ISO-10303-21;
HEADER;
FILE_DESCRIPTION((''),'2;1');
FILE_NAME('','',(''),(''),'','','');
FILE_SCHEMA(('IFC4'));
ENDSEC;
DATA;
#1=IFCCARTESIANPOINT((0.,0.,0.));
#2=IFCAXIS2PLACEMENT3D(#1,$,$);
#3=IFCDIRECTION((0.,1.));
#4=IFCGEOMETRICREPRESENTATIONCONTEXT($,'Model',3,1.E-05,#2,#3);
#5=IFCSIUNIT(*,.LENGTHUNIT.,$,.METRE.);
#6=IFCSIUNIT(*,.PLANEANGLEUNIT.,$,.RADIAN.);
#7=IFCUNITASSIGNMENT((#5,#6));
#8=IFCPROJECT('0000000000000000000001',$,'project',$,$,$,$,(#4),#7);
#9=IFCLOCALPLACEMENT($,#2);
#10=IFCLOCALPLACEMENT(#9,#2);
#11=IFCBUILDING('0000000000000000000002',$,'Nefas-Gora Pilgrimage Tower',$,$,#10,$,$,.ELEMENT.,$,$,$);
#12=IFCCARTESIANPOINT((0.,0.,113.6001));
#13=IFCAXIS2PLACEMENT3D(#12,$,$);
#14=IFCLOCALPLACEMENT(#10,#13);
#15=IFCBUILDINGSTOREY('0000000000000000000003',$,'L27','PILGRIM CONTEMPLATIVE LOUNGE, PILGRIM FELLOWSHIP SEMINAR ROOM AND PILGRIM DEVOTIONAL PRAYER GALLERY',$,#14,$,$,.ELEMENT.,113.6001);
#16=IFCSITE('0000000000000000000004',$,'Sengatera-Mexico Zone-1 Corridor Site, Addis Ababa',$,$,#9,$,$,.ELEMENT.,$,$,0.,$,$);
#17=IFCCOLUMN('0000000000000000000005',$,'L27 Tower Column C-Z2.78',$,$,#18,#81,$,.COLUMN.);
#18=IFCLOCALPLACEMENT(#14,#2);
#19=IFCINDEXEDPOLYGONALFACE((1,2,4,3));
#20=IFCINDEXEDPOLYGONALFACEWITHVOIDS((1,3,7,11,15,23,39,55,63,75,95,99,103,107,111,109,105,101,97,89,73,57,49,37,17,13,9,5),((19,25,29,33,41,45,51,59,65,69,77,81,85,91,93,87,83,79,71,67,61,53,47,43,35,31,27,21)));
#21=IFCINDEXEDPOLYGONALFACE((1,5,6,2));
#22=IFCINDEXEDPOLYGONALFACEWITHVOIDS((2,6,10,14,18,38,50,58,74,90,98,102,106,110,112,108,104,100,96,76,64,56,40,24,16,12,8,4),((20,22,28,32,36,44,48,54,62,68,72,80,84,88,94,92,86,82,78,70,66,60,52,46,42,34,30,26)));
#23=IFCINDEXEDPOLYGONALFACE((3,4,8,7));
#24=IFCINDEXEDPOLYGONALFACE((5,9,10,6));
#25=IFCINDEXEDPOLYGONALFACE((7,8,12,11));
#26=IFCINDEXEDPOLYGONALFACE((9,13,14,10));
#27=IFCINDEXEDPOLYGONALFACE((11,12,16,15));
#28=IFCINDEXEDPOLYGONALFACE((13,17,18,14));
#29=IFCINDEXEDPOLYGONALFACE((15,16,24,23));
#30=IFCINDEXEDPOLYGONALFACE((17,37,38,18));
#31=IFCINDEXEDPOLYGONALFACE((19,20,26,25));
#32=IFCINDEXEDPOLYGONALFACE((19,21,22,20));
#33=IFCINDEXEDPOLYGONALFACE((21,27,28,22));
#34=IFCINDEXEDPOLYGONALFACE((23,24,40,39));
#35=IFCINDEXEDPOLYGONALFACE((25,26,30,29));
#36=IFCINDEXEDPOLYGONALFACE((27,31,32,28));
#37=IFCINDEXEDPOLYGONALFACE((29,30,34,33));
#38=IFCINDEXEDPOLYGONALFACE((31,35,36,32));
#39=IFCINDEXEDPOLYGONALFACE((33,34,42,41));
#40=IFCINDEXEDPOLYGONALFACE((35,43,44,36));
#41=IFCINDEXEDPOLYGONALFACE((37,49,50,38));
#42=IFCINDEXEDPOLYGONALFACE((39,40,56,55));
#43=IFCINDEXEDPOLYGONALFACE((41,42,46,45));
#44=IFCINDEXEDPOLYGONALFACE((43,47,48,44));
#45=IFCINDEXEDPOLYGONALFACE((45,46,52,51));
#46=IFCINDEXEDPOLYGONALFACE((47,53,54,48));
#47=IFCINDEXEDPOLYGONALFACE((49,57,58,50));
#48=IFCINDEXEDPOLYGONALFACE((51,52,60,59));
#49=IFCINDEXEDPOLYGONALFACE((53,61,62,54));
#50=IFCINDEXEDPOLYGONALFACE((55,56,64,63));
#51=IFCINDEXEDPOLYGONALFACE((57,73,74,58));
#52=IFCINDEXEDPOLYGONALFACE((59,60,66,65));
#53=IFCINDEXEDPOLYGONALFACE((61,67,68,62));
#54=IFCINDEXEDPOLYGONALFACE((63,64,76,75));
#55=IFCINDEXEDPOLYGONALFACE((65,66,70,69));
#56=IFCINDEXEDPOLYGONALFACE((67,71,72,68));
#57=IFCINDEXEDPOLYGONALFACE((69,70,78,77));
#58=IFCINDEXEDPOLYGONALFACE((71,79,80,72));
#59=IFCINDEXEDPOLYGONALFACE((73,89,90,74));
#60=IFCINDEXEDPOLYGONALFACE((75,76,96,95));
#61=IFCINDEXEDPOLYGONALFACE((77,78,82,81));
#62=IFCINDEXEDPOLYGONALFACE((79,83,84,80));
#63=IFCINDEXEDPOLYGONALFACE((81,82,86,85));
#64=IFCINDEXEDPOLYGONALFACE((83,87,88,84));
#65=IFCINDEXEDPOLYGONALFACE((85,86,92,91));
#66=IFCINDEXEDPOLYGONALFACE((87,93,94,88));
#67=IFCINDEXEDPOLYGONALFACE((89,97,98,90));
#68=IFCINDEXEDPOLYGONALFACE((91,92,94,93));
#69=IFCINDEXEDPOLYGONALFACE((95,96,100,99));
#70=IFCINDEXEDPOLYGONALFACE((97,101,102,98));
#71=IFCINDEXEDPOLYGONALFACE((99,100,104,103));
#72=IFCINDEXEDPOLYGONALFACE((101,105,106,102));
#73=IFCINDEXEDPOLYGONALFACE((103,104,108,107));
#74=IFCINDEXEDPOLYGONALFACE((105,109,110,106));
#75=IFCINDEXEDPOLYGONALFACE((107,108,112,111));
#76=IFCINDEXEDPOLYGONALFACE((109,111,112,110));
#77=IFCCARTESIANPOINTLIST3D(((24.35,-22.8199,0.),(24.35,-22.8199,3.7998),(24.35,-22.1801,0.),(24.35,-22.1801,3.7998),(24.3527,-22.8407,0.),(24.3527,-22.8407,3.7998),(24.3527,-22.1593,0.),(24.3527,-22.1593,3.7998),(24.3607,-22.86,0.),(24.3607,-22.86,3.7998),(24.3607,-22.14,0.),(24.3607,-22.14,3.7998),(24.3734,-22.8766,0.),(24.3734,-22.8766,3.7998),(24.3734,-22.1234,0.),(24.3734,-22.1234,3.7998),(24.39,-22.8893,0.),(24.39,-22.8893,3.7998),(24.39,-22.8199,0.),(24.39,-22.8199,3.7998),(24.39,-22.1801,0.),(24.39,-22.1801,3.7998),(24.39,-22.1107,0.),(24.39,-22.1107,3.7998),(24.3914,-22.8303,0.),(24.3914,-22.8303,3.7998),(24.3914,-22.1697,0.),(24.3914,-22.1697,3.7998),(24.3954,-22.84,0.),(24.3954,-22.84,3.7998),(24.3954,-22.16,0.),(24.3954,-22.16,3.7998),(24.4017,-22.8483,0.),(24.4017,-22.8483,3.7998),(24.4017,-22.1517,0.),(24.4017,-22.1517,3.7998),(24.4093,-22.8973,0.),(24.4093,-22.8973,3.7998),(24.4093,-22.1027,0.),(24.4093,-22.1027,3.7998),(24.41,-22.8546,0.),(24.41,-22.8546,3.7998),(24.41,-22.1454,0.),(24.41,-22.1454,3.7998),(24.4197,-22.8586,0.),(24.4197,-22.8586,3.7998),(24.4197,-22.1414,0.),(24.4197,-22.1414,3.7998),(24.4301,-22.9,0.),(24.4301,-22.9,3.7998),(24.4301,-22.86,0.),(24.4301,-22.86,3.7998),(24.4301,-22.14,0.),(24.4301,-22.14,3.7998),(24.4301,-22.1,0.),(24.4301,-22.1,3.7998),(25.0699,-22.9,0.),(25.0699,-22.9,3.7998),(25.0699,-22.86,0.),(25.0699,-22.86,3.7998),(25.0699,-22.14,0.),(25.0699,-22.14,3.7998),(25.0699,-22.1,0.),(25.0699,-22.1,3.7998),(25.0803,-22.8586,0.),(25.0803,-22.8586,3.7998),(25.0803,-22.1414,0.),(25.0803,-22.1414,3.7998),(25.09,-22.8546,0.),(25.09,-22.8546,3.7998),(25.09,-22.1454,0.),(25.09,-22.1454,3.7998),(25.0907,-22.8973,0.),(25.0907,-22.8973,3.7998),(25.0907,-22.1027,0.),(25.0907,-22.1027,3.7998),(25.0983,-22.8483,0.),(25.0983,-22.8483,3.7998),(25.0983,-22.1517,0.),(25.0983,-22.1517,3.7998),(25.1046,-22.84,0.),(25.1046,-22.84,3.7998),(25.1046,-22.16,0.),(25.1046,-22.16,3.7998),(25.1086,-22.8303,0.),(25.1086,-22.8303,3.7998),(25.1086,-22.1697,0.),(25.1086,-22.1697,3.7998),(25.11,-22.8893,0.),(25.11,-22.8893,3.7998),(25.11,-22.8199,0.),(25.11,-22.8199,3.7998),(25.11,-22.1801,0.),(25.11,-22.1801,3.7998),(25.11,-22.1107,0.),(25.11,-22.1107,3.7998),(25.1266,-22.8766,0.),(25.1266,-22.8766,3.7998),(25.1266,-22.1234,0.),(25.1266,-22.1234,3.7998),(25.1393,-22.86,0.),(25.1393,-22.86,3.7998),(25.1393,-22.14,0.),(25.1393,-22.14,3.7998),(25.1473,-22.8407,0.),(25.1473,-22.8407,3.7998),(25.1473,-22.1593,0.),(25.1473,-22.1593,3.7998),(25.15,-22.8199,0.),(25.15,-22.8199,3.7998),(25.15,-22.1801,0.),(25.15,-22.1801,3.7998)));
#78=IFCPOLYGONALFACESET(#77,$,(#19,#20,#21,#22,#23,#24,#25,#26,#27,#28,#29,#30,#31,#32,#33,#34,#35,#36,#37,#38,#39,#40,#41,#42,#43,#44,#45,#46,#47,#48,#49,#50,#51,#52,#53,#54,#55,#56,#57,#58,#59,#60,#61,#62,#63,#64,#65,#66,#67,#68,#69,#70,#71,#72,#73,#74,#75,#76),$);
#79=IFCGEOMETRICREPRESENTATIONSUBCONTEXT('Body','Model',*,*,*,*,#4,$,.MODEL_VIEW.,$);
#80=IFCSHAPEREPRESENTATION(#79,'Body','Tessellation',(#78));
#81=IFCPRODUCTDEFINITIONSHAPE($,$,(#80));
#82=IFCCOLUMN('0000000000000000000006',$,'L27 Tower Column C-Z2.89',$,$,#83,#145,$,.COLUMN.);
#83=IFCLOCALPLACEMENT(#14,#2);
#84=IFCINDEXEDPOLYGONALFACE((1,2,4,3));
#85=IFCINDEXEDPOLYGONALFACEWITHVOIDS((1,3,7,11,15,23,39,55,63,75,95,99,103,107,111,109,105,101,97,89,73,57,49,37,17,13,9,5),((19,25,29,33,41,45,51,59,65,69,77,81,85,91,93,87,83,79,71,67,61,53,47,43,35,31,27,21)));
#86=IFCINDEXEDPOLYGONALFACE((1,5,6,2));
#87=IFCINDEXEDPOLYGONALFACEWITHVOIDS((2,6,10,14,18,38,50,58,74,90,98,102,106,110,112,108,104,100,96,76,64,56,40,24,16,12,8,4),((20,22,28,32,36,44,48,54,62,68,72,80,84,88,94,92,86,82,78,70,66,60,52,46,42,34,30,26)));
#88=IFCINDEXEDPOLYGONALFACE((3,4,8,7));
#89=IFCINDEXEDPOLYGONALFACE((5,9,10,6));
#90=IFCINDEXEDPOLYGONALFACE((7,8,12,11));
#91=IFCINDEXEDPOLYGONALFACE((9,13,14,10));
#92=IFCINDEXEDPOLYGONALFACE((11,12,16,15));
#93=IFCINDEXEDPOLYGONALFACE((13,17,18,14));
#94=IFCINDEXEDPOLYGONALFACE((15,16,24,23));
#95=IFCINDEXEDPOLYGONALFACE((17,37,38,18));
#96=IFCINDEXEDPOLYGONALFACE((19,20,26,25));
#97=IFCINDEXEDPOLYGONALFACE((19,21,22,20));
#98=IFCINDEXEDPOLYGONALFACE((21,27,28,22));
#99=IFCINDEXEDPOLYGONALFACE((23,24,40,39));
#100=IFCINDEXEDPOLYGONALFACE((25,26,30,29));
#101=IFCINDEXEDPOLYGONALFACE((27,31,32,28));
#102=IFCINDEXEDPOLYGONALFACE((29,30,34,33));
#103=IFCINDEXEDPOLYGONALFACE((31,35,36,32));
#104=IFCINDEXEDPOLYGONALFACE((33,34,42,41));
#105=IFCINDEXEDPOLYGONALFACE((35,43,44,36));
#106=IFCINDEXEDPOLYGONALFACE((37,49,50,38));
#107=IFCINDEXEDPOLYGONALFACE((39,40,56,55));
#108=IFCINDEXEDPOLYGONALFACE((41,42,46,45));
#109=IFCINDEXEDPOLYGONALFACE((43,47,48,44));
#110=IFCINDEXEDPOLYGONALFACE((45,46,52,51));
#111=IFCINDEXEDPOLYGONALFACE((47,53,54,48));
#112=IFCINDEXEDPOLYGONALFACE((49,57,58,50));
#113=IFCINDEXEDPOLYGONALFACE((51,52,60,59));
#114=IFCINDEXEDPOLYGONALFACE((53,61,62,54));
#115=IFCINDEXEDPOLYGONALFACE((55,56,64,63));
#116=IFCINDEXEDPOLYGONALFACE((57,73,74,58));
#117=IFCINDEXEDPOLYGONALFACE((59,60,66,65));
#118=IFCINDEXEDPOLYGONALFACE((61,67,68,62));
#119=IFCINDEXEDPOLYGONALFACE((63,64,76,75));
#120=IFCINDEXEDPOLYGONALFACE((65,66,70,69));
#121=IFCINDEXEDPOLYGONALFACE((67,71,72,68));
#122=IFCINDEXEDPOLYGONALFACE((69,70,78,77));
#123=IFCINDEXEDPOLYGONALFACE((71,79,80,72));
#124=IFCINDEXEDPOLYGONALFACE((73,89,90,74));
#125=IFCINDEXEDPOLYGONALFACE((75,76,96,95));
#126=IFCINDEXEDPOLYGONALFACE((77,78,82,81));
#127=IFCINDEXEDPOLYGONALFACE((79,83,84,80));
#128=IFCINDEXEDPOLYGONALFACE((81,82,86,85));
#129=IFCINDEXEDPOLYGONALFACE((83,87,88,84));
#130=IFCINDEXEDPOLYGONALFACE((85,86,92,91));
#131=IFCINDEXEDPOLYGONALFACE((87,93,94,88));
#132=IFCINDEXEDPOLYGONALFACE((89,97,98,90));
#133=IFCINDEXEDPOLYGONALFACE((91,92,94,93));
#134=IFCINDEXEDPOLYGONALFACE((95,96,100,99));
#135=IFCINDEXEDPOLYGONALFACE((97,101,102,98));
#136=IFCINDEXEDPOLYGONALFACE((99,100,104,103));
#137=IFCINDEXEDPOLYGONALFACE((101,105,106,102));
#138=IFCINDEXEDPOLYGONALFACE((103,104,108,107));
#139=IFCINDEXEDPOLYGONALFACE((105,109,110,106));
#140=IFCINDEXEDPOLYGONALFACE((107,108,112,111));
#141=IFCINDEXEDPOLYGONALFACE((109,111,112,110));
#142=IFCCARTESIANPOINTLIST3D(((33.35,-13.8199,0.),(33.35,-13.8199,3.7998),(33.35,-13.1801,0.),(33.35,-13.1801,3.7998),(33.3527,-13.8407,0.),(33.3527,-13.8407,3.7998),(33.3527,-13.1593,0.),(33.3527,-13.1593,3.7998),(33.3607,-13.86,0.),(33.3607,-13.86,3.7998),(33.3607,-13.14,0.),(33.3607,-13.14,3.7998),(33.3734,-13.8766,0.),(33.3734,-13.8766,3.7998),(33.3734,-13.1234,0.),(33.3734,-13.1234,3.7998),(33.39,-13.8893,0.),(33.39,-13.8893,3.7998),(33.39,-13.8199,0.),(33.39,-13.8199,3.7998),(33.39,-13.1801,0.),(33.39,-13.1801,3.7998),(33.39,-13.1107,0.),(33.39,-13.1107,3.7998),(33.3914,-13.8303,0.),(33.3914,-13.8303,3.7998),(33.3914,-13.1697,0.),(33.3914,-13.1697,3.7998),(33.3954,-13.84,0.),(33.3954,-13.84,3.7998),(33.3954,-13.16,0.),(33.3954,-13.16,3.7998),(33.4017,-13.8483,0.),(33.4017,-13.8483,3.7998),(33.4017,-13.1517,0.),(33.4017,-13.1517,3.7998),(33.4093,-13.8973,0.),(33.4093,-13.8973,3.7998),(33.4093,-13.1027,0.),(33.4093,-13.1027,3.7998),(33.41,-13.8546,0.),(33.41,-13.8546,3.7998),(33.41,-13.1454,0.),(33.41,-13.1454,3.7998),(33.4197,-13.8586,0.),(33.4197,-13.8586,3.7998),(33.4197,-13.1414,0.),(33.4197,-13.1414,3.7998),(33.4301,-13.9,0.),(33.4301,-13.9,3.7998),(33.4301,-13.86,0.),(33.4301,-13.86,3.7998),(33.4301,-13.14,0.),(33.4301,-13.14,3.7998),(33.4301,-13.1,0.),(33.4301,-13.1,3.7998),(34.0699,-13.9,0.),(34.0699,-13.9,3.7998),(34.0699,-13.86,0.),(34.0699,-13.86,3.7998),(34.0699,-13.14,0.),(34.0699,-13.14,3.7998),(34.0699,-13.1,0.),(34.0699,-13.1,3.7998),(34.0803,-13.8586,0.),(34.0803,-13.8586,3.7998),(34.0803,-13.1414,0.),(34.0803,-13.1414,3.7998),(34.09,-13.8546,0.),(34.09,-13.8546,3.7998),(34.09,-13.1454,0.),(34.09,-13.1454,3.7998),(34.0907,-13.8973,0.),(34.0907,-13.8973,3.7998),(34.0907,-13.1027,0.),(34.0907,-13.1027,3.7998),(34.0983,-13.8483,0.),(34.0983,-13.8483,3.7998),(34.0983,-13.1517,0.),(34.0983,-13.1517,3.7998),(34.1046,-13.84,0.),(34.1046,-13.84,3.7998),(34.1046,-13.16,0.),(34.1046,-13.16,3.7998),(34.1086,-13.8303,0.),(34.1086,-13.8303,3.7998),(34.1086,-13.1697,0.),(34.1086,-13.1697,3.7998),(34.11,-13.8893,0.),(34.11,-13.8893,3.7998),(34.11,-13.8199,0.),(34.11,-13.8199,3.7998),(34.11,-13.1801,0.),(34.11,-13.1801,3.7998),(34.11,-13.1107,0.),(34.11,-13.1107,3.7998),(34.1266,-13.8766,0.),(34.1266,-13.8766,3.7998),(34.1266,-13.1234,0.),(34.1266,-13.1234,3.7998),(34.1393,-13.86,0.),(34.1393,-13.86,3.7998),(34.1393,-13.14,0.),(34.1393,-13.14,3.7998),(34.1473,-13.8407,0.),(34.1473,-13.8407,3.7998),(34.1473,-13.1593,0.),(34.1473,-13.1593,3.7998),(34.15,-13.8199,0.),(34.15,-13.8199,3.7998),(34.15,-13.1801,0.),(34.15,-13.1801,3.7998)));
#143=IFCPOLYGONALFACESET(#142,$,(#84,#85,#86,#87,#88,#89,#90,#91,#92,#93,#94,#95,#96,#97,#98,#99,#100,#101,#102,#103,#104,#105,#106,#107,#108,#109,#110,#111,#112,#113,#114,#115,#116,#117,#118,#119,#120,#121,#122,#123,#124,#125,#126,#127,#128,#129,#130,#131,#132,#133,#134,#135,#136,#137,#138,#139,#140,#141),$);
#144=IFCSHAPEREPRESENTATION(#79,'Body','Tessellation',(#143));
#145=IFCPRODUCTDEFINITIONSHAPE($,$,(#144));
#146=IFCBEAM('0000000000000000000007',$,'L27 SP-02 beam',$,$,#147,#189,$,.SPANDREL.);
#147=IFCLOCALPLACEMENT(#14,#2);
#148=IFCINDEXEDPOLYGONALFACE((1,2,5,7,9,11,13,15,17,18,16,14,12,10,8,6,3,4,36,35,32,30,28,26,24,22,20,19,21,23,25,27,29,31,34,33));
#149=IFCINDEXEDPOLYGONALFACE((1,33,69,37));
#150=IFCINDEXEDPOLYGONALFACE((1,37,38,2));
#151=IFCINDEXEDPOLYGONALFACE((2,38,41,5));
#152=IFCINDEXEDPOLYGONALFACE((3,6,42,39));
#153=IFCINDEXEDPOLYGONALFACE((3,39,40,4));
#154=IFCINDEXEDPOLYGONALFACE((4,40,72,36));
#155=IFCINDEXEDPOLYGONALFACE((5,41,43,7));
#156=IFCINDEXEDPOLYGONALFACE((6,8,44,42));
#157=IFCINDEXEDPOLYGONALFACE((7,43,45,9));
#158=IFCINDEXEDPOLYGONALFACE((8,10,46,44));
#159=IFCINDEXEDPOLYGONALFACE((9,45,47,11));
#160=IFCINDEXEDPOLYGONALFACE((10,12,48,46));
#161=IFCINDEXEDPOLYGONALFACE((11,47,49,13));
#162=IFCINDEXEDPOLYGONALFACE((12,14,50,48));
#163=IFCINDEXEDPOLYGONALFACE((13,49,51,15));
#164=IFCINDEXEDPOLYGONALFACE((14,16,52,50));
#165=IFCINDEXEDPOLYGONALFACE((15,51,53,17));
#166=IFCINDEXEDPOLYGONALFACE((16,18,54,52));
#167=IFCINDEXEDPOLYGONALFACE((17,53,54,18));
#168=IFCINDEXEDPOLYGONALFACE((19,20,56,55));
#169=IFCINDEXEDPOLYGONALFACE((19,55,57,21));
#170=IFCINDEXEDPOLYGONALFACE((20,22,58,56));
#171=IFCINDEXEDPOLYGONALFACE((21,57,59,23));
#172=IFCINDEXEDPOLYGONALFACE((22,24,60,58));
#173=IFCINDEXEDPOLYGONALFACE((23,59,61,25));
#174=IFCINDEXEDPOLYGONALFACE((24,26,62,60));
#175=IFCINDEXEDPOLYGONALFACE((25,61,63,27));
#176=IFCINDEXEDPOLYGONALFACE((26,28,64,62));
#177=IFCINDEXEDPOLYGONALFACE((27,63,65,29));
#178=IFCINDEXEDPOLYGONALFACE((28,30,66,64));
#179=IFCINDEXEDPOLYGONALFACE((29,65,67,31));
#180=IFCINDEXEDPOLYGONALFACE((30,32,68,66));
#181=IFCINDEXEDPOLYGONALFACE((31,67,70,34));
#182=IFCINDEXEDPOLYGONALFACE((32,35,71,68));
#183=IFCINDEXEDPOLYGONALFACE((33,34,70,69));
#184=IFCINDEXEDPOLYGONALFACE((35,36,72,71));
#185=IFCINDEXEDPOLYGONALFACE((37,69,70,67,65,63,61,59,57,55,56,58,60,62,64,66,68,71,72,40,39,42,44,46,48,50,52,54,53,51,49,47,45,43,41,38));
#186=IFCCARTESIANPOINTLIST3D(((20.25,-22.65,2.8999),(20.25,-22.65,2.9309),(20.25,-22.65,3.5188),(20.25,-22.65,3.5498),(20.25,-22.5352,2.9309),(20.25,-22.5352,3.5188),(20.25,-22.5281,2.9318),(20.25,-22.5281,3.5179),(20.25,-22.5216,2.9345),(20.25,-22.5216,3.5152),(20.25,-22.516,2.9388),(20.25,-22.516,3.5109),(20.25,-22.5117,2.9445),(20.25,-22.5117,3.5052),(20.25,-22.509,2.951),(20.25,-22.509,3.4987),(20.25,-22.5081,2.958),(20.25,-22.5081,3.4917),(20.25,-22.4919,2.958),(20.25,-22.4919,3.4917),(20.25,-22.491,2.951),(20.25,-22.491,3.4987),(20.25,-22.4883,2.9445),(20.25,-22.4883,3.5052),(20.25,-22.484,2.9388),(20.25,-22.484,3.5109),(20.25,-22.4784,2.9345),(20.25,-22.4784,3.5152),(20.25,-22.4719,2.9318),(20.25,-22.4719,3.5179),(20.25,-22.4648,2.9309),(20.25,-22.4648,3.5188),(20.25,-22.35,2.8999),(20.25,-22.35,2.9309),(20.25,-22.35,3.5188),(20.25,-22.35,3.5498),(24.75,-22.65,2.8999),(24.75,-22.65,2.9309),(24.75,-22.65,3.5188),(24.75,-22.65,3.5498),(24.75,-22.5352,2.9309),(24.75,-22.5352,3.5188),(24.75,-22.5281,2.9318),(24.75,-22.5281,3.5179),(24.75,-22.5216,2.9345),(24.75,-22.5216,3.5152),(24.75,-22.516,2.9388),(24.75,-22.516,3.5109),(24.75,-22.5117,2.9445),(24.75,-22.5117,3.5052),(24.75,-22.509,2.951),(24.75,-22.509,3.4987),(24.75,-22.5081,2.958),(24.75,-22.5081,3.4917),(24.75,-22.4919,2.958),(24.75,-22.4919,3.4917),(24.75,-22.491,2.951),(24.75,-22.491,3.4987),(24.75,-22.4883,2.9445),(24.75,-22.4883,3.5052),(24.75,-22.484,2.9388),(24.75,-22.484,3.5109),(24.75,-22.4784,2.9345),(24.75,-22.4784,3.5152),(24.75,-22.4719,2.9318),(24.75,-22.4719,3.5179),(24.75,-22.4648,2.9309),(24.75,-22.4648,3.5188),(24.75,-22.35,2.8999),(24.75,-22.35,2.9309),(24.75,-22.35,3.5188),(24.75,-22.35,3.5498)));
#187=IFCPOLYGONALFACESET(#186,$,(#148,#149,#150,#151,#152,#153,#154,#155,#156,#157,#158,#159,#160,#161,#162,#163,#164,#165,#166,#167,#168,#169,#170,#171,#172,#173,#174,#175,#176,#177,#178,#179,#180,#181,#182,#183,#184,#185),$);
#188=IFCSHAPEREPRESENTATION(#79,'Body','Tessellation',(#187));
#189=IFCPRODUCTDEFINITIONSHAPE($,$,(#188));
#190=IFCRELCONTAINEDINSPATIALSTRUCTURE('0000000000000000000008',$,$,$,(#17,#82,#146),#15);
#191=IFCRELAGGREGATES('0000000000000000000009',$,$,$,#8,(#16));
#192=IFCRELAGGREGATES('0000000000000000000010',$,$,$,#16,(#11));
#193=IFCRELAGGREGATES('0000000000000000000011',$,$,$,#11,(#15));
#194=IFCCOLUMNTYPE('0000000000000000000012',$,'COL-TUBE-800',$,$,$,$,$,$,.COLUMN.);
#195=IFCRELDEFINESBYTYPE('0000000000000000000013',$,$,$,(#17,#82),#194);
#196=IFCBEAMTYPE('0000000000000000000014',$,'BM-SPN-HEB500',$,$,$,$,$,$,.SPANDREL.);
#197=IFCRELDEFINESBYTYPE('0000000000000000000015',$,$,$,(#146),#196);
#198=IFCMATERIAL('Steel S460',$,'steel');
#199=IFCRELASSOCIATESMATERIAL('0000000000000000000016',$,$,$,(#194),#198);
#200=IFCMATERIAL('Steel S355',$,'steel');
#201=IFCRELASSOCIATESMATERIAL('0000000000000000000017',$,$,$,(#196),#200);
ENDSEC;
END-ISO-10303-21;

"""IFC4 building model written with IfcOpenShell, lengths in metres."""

from ifc_helpers import new_model, si_unit, direction, frame, origin, origin_2d, place, context, subcontext, project, spatial, hollow_rectangle, i_section, extrude, source, transform, mapped, material, material_profile, profile_set, type_object, element, save


model = new_model("IFC4")

# Units and contexts
model_context = context("Model", 3, precision=1e-05, world=origin(), true_north=direction((0.0, 1.0)))
body_context = subcontext(model_context, "Body", "Model", "MODEL_VIEW")
ifc_project = project(units=[si_unit("LENGTHUNIT", "METRE"), si_unit("PLANEANGLEUNIT", "RADIAN")], contexts=[model_context])

# Site, building, storey
site_placement = place(None, origin())
site = spatial("IfcSite", under=ifc_project, at=site_placement, Name="Sengatera-Mexico Zone-1 Corridor Site, Addis Ababa", CompositionType="ELEMENT", RefElevation=0.0)
building_placement = place(site_placement, origin())
building = spatial("IfcBuilding", under=site, at=building_placement, Name="Nefas-Gora Pilgrimage Tower", CompositionType="ELEMENT")
storey_placement = place(building_placement, frame((0.0, 0.0, 113.6001)))
storey = spatial("IfcBuildingStorey", under=building, at=storey_placement, Name="L27", Description="PILGRIM CONTEMPLATIVE LOUNGE, PILGRIM FELLOWSHIP SEMINAR ROOM AND PILGRIM DEVOTIONAL PRAYER GALLERY", CompositionType="ELEMENT", Elevation=113.6001)

# Columns
ifc_material_1 = material(Name="Steel S460", Category="steel")
ifc_material_profile_1 = material_profile(ifc_material_1, hollow_rectangle(XDim=0.8, YDim=0.8, WallThickness=0.04, InnerFilletRadius=0.04, OuterFilletRadius=0.0801, at=origin_2d()), Name="BOX 800x800x40")
ifc_profile_set_1 = profile_set([ifc_material_profile_1], Name="Steel S460")
column_type_1 = type_object("IfcColumnType", Name="COL-TUBE-800", PredefinedType="COLUMN", material=ifc_profile_set_1)
shared_shape_1 = source(origin(), body_context, "Body", "SweptSolid", [
    extrude(hollow_rectangle(XDim=0.8, YDim=0.8, WallThickness=0.04, InnerFilletRadius=0.04, OuterFilletRadius=0.0801, at=origin_2d()), origin(), (0.0, 0.0, 1.0), 3.7998),
])
for number, where, z_axis, x_axis, name in (
    (1, (24.75, -22.5, 0.0), (0.0, 0.0, 1.0), (1.0, 0.0, 0.0), "L27 Tower Column C-Z2.78"),
    (2, (33.75, -13.5, 0.0), (0.0, 0.0, 1.0), (1.0, 0.0, 0.0), "L27 Tower Column C-Z2.89"),
):
    element("IfcColumn", number, at=place(storey_placement, frame(where, z_axis=z_axis, x_axis=x_axis)), inside=storey, type_object=column_type_1, Name=name, PredefinedType="COLUMN", context=body_context, shape_type="MappedRepresentation", body=[
        mapped(shared_shape_1, transform((0.0, 0.0, 0.0), x_axis=(1.0, 0.0, 0.0), y_axis=(0.0, 1.0, 0.0), z_axis=(0.0, 0.0, 1.0), scale=1.0)),
    ])

# Beam
ifc_material_2 = material(Name="Steel S355", Category="steel")
ifc_material_profile_2 = material_profile(ifc_material_2, i_section(OverallWidth=0.3, OverallDepth=0.6499, WebThickness=0.0161, FlangeThickness=0.031, FilletRadius=0.0271, at=origin_2d()), Name="HEB 650")
ifc_profile_set_2 = profile_set([ifc_material_profile_2], Name="Steel S355")
beam_type_1 = type_object("IfcBeamType", Name="BM-SPN-HEB500", PredefinedType="SPANDREL", material=ifc_profile_set_2)
shared_shape_2 = source(origin(), body_context, "Body", "SweptSolid", [
    extrude(i_section(OverallWidth=0.3, OverallDepth=0.6499, WebThickness=0.0161, FlangeThickness=0.031, FilletRadius=0.0271, at=origin_2d()), origin(), (0.0, 0.0, 1.0), 4.5),
])
for number, where, z_axis, x_axis, name in (
    (3, (20.25, -22.5, 3.2249), (1.0, 0.0, 0.0), (0.0, 1.0, 0.0), "L27 SP-02 beam"),
):
    element("IfcBeam", number, at=place(storey_placement, frame(where, z_axis=z_axis, x_axis=x_axis)), inside=storey, type_object=beam_type_1, Name=name, PredefinedType="SPANDREL", context=body_context, shape_type="MappedRepresentation", body=[
        mapped(shared_shape_2, transform((0.0, 0.0, 0.0), x_axis=(1.0, 0.0, 0.0), y_axis=(0.0, 1.0, 0.0), z_axis=(0.0, 0.0, 1.0), scale=1.0)),
    ])

save(model, "model.ifc")
